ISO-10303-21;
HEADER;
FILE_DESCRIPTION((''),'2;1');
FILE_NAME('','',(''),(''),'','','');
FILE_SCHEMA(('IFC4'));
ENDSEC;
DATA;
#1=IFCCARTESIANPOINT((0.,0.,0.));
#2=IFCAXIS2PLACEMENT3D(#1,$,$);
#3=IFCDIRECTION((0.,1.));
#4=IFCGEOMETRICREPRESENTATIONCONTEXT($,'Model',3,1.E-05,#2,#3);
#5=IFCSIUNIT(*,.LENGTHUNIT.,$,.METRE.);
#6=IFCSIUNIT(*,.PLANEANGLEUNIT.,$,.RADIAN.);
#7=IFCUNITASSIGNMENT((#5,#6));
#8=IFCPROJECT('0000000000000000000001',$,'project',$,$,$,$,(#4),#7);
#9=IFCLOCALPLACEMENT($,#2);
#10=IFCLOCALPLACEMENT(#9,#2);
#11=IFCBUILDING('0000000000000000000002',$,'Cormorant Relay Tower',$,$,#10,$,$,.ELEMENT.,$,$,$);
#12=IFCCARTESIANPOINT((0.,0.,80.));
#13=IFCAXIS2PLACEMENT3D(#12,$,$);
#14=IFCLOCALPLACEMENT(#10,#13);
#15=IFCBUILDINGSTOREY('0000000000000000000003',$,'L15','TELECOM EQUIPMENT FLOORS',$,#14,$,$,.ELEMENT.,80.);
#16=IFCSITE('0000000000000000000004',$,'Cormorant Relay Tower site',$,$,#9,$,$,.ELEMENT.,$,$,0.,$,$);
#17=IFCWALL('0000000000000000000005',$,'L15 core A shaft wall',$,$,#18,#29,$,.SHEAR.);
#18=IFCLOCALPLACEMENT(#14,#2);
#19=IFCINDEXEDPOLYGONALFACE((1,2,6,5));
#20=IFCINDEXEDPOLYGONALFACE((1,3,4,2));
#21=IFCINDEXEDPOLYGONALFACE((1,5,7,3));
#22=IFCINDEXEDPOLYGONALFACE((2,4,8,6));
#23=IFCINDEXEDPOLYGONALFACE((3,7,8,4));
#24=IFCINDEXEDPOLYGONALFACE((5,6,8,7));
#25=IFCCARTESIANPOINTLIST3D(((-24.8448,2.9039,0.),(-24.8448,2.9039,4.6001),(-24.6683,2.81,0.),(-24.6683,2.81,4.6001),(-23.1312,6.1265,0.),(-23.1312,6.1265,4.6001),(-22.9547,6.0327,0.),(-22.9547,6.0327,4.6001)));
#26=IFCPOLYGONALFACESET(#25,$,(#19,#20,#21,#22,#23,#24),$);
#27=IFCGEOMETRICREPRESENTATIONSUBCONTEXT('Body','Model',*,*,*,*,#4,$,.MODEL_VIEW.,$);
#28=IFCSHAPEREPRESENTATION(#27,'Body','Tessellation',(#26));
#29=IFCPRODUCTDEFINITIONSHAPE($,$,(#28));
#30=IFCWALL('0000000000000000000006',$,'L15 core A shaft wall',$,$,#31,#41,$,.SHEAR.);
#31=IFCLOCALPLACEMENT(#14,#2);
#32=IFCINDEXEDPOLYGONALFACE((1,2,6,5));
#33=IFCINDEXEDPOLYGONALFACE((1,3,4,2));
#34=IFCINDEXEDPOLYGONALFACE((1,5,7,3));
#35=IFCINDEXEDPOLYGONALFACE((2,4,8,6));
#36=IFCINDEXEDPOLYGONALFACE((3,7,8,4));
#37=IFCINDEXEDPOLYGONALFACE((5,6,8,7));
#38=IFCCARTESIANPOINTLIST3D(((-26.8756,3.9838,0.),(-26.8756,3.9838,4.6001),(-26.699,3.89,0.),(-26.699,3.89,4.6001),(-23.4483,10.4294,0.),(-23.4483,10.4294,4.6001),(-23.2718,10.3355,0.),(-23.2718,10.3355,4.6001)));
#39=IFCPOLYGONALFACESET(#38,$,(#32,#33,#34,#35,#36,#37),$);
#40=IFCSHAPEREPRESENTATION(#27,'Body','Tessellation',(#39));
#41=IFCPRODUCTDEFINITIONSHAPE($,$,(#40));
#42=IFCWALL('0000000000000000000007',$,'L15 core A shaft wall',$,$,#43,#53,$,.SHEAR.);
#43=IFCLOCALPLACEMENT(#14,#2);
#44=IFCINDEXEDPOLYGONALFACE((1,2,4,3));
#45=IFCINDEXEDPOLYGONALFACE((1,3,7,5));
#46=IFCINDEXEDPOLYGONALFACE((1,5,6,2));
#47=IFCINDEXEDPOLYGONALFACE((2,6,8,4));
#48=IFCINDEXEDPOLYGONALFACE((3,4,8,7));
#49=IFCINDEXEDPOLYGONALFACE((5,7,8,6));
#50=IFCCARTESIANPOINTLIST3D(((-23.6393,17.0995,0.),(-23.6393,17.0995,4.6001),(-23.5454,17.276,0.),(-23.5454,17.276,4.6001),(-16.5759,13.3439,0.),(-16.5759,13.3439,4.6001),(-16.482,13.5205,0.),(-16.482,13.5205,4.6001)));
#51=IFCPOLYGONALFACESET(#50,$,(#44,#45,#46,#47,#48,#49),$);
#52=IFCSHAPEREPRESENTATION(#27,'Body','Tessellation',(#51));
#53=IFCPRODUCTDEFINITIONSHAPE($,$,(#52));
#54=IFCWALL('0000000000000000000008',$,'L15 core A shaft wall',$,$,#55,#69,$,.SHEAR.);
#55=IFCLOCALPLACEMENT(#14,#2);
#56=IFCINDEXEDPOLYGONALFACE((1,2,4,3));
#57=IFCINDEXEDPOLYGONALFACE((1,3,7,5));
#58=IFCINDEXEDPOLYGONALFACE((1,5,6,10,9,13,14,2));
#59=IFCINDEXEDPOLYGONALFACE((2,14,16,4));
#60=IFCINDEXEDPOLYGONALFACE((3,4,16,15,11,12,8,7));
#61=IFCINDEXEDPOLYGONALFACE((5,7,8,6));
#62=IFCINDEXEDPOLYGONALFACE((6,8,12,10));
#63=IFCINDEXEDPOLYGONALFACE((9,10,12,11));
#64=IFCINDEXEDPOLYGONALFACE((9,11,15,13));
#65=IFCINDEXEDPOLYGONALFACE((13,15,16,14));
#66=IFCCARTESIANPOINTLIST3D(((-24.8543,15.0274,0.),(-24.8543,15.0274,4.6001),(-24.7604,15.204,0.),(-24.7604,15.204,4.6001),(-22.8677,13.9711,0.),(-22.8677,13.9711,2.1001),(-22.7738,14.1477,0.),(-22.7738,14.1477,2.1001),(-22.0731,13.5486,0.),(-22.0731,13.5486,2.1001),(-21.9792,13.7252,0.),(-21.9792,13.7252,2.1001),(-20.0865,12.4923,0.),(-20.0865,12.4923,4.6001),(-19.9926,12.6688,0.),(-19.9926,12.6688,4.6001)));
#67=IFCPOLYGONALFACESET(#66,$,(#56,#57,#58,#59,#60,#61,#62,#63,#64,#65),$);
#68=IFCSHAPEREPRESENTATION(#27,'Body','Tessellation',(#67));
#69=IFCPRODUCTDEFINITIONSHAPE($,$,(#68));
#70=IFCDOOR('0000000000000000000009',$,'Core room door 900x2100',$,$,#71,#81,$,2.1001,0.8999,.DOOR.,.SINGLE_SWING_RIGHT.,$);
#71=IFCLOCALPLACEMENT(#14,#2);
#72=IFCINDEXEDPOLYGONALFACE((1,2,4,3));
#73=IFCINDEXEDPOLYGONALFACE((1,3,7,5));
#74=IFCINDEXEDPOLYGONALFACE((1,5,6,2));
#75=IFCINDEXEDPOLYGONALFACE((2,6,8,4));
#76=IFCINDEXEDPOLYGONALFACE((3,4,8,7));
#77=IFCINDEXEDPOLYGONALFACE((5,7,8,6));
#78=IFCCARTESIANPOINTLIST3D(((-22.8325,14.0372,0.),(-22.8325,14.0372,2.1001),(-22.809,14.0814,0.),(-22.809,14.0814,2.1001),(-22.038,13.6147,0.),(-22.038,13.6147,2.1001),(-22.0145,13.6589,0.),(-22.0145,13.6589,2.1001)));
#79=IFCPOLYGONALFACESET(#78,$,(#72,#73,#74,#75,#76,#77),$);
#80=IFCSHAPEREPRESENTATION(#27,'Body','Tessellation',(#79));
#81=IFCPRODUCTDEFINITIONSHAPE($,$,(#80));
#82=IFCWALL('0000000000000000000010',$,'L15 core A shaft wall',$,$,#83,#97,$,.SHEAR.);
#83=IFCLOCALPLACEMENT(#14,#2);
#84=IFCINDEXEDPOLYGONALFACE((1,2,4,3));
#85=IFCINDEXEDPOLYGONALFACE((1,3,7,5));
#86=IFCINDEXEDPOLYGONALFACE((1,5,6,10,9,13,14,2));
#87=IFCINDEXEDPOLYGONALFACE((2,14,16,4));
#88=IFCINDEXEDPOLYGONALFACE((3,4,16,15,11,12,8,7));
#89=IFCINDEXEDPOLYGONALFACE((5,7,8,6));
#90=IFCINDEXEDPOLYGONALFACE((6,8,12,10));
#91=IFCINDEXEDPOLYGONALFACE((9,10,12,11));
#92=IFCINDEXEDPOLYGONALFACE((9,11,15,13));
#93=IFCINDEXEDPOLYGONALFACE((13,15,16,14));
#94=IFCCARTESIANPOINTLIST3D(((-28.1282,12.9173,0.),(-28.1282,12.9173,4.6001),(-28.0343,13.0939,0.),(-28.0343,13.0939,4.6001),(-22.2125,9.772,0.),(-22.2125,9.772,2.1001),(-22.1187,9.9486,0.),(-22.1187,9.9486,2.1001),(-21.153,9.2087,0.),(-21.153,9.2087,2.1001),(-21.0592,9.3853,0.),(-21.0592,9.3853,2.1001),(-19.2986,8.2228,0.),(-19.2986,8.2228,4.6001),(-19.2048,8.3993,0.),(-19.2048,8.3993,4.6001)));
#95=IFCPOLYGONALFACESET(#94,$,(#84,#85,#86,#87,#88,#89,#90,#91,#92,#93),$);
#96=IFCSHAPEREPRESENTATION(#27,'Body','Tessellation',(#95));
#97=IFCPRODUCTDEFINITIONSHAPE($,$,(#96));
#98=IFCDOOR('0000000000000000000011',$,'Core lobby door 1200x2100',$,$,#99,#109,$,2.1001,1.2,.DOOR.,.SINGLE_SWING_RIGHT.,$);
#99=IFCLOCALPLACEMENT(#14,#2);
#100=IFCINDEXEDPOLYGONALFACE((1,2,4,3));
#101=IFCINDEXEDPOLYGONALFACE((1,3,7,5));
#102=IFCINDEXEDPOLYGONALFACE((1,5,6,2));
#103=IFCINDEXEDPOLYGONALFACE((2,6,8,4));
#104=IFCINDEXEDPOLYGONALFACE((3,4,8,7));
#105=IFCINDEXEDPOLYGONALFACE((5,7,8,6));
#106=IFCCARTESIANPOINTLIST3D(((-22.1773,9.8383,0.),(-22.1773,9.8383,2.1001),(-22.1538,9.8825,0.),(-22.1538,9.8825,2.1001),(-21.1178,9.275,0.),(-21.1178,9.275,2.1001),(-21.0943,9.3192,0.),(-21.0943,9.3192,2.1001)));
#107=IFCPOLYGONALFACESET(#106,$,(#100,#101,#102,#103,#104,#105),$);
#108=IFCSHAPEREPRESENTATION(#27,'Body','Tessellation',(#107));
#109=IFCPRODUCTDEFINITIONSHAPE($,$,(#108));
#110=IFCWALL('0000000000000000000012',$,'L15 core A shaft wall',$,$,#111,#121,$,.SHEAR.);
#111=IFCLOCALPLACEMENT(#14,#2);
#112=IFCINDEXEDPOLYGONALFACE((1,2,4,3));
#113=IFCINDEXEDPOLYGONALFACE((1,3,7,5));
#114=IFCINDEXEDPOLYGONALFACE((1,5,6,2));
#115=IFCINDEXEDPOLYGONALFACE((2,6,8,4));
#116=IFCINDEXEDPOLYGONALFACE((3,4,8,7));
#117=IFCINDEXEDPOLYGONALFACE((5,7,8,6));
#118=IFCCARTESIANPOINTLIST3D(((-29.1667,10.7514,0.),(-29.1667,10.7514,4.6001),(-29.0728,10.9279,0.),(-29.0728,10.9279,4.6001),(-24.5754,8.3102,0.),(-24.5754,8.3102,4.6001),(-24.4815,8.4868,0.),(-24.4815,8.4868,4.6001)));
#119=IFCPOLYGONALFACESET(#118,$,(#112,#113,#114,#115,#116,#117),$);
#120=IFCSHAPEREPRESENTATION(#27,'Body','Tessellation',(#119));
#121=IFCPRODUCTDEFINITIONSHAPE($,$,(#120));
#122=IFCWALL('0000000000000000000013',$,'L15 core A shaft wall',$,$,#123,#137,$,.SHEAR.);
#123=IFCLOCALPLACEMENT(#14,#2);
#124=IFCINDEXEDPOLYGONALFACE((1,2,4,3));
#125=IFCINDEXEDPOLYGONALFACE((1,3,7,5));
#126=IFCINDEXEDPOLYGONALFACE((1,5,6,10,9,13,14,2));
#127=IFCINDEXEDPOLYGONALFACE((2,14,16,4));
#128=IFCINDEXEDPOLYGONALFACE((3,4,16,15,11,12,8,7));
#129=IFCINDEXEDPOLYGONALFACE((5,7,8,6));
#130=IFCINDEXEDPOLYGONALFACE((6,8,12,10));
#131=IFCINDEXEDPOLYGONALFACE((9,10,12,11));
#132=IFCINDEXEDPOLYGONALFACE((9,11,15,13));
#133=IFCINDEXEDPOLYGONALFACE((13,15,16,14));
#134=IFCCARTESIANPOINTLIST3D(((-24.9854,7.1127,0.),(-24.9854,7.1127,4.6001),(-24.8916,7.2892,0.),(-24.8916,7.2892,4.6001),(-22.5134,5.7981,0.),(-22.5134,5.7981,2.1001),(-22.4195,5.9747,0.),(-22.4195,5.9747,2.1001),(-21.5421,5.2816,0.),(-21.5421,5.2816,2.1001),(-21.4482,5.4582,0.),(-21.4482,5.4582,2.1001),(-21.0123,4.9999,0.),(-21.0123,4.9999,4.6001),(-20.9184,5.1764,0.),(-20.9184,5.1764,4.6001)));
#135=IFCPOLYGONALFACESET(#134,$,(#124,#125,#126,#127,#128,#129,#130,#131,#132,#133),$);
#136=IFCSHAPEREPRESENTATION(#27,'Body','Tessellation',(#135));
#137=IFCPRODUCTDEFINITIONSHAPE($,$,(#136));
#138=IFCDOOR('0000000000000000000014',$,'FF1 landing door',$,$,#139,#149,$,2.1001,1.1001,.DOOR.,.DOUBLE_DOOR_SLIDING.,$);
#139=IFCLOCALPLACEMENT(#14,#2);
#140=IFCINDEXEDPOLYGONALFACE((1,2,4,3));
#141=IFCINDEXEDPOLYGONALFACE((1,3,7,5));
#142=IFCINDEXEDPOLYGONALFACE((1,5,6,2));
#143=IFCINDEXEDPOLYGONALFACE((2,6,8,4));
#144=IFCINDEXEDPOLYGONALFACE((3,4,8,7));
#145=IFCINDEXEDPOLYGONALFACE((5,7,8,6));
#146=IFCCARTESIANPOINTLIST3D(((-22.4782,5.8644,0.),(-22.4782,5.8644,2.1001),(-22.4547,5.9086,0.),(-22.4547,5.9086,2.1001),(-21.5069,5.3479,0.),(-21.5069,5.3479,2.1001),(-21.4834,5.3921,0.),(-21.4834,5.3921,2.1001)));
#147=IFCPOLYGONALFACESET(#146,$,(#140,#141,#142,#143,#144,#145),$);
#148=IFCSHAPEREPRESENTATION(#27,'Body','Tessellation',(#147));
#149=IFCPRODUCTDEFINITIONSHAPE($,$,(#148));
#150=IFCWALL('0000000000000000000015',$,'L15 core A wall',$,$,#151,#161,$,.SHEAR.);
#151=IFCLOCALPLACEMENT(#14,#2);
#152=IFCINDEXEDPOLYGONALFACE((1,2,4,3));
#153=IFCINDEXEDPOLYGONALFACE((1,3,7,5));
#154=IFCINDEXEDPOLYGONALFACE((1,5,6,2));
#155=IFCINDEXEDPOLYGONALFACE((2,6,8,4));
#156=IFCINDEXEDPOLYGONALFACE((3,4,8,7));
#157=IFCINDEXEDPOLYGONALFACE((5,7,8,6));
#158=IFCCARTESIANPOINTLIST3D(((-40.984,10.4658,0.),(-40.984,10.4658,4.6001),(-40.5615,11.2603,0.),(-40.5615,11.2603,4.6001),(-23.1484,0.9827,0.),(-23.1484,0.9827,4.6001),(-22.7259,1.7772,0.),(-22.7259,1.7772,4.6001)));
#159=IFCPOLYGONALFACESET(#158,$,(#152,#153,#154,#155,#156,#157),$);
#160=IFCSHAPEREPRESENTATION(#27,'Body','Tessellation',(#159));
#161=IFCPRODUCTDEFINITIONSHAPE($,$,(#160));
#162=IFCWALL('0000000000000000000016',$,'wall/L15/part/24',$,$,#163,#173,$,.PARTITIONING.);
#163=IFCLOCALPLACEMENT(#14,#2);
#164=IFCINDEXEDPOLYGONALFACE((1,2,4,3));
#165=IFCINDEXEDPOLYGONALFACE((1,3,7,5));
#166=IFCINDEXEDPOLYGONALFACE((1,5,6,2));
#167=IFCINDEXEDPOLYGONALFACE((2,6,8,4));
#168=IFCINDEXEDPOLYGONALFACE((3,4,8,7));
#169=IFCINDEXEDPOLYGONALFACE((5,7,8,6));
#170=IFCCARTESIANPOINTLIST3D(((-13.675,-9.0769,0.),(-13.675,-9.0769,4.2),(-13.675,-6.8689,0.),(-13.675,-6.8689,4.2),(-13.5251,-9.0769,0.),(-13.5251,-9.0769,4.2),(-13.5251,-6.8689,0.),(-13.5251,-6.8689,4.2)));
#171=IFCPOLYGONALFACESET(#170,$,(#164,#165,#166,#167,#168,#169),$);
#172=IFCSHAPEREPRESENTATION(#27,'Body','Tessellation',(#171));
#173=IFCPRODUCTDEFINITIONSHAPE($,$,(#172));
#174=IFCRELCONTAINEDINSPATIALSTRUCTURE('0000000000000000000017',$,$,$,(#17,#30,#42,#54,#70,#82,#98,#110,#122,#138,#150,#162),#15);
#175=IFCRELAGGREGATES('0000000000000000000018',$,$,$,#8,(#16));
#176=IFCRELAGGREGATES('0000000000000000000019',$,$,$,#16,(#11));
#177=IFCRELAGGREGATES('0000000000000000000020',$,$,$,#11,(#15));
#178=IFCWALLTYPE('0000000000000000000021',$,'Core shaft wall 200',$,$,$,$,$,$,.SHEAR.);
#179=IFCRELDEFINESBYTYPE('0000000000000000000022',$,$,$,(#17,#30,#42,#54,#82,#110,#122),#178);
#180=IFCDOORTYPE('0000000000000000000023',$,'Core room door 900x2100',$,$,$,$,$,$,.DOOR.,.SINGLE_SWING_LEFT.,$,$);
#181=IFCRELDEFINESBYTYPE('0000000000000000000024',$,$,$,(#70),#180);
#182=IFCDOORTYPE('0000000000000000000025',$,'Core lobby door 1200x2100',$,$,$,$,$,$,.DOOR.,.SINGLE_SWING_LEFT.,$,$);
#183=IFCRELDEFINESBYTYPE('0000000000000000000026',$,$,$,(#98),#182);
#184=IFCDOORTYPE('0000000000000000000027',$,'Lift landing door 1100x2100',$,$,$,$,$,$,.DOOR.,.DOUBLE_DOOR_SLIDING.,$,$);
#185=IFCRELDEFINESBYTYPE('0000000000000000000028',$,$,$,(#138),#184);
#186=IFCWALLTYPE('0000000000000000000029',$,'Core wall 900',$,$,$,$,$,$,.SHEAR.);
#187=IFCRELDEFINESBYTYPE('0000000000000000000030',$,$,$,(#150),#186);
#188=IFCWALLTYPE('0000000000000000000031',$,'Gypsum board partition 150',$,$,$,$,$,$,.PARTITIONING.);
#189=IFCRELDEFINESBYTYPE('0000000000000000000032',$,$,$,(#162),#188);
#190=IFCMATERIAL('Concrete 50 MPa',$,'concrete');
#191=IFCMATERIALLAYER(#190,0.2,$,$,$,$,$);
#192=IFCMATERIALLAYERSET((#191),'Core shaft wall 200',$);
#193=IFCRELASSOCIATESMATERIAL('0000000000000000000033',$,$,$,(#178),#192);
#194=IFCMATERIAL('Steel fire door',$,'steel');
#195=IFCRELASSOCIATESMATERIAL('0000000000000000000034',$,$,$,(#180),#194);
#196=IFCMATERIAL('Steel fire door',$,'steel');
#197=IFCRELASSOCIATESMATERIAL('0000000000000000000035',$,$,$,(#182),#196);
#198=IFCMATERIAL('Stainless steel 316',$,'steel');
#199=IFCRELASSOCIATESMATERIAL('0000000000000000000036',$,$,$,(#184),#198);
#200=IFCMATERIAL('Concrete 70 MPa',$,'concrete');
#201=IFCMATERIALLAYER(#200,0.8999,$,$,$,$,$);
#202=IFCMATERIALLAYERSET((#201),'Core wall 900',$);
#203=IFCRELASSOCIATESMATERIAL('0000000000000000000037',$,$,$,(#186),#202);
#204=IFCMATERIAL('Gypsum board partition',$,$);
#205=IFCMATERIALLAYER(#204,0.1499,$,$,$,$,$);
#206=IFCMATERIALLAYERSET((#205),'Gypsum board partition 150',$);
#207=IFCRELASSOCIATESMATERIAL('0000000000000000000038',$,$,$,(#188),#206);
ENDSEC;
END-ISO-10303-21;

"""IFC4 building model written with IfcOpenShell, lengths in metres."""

from ifc_helpers import new_model, si_unit, direction, frame, frame_2d, origin, place, context, subcontext, project, spatial, rectangle, extrude, material, layer, layer_set, type_object, element, fill, save


model = new_model("IFC4")

# Units and contexts
model_context = context("Model", 3, precision=1e-05, world=origin(), true_north=direction((0.0, 1.0)))
body_context = subcontext(model_context, "Body", "Model", "MODEL_VIEW")
ifc_project = project(units=[si_unit("LENGTHUNIT", "METRE"), si_unit("PLANEANGLEUNIT", "RADIAN")], contexts=[model_context])

# Site, building, storey
site_placement = place(None, origin())
site = spatial("IfcSite", under=ifc_project, at=site_placement, Name="Cormorant Relay Tower site", CompositionType="ELEMENT", RefElevation=0.0)
building_placement = place(site_placement, origin())
building = spatial("IfcBuilding", under=site, at=building_placement, Name="Cormorant Relay Tower", CompositionType="ELEMENT")
storey_placement = place(building_placement, frame((0.0, 0.0, 80.0)))
storey = spatial("IfcBuildingStorey", under=building, at=storey_placement, Name="L15", Description="TELECOM EQUIPMENT FLOORS", CompositionType="ELEMENT", Elevation=80.0)

# Walls
ifc_material_1 = material(Name="Concrete 50 MPa", Category="concrete")
ifc_layer_1 = layer(ifc_material_1, 0.2)
ifc_layer_set_1 = layer_set([ifc_layer_1], Name="Core shaft wall 200")
wall_type_1 = type_object("IfcWallType", Name="Core shaft wall 200", PredefinedType="SHEAR", material=ifc_layer_set_1)
wall_1_placement = place(storey_placement, frame((-23.043, 6.0796, 0.0), z_axis=(0.0, 0.0, 1.0), x_axis=(-0.469494, -0.882936, 0.0)))
element("IfcWall", 1, at=wall_1_placement, inside=storey, type_object=wall_type_1, Name="L15 core A shaft wall", PredefinedType="SHEAR", context=body_context, shape_type="SweptSolid", body=[
    extrude(rectangle(XDim=3.6499, YDim=0.2, at=frame_2d((1.825, 0.0))), origin(), (0.0, 0.0, 1.0), 4.6001),
])
wall_2_placement = place(storey_placement, frame((-23.3601, 10.3823, 0.0), z_axis=(0.0, 0.0, 1.0), x_axis=(-0.46948, -0.882943, 0.0)))
element("IfcWall", 2, at=wall_2_placement, inside=storey, type_object=wall_type_1, Name="L15 core A shaft wall", PredefinedType="SHEAR", context=body_context, shape_type="SweptSolid", body=[
    extrude(rectangle(XDim=7.3, YDim=0.2, at=frame_2d((3.6499, 0.0))), origin(), (0.0, 0.0, 1.0), 4.6001),
])
wall_3_placement = place(storey_placement, frame((-16.5288, 13.4321, 0.0), z_axis=(0.0, 0.0, 1.0), x_axis=(-0.882953, 0.469462, 0.0)))
element("IfcWall", 3, at=wall_3_placement, inside=storey, type_object=wall_type_1, Name="L15 core A shaft wall", PredefinedType="SHEAR", context=body_context, shape_type="SweptSolid", body=[
    extrude(rectangle(XDim=7.9998, YDim=0.2, at=frame_2d((4.0, 0.0))), origin(), (0.0, 0.0, 1.0), 4.6001),
])

# Walls, openings, doors
wall_4_placement = place(storey_placement, frame((-20.0396, 12.5806, 0.0), z_axis=(0.0, 0.0, 1.0), x_axis=(-0.882943, 0.46948, 0.0)))
wall_4 = element("IfcWall", 4, at=wall_4_placement, inside=storey, type_object=wall_type_1, Name="L15 core A shaft wall", PredefinedType="SHEAR", context=body_context, shape_type="SweptSolid", body=[
    extrude(rectangle(XDim=5.3999, YDim=0.2, at=frame_2d((2.7, 0.0))), origin(), (0.0, 0.0, 1.0), 4.6001),
])
opening_1_placement = place(wall_4_placement, frame((2.25, 0.0, 0.0)))
opening_1 = element("IfcOpeningElement", 5, at=opening_1_placement, cuts=wall_4, PredefinedType="OPENING", context=body_context, shape_type="SweptSolid", body=[
    extrude(rectangle(XDim=0.8999, YDim=2.1001, at=frame_2d((0.45, 1.05))), frame((0.0, 0.1099, 0.0), z_axis=(0.0, -1.0, 0.0), x_axis=(1.0, 0.0, 0.0)), (0.0, 0.0, 1.0), 0.22),
])
ifc_material_2 = material(Name="Steel fire door", Category="steel")
door_type_1 = type_object("IfcDoorType", Name="Core room door 900x2100", OperationType="SINGLE_SWING_LEFT", PredefinedType="DOOR", material=ifc_material_2)
door_1_placement = place(opening_1_placement, frame((0.8999, 0.0, 0.0), z_axis=(0.0, 0.0, 1.0), x_axis=(-1.0, 0.0, 0.0)))
door_1 = element("IfcDoor", 6, at=door_1_placement, inside=storey, type_object=door_type_1, Name="Core room door 900x2100", OperationType="SINGLE_SWING_RIGHT", OverallHeight=2.1001, OverallWidth=0.8999, PredefinedType="DOOR", context=body_context, shape_type="SweptSolid", body=[
    extrude(rectangle(XDim=0.8999, YDim=2.1001, at=frame_2d((0.45, 1.05))), frame((0.0, 0.0249, 0.0), z_axis=(0.0, -1.0, 0.0), x_axis=(1.0, 0.0, 0.0)), (0.0, 0.0, 1.0), 0.05),
])
fill(opening_1, door_1)
wall_5_placement = place(storey_placement, frame((-19.2517, 8.311, 0.0), z_axis=(0.0, 0.0, 1.0), x_axis=(-0.882956, 0.469456, 0.0)))
wall_5 = element("IfcWall", 7, at=wall_5_placement, inside=storey, type_object=wall_type_1, Name="L15 core A shaft wall", PredefinedType="SHEAR", context=body_context, shape_type="SweptSolid", body=[
    extrude(rectangle(XDim=10.0, YDim=0.2, at=frame_2d((5.0, 0.0))), origin(), (0.0, 0.0, 1.0), 4.6001),
])
opening_2_placement = place(wall_5_placement, frame((2.1001, 0.0, 0.0)))
opening_2 = element("IfcOpeningElement", 8, at=opening_2_placement, cuts=wall_5, PredefinedType="OPENING", context=body_context, shape_type="SweptSolid", body=[
    extrude(rectangle(XDim=1.2, YDim=2.1001, at=frame_2d((0.6001, 1.05))), frame((0.0, 0.1099, 0.0), z_axis=(0.0, -1.0, 0.0), x_axis=(1.0, 0.0, 0.0)), (0.0, 0.0, 1.0), 0.22),
])
ifc_material_3 = material(Name="Steel fire door", Category="steel")
door_type_2 = type_object("IfcDoorType", Name="Core lobby door 1200x2100", OperationType="SINGLE_SWING_LEFT", PredefinedType="DOOR", material=ifc_material_3)
door_2_placement = place(opening_2_placement, origin())
door_2 = element("IfcDoor", 9, at=door_2_placement, inside=storey, type_object=door_type_2, Name="Core lobby door 1200x2100", OperationType="SINGLE_SWING_RIGHT", OverallHeight=2.1001, OverallWidth=1.2, PredefinedType="DOOR", context=body_context, shape_type="SweptSolid", body=[
    extrude(rectangle(XDim=1.2, YDim=2.1001, at=frame_2d((0.6001, 1.05))), frame((0.0, 0.0249, 0.0), z_axis=(0.0, -1.0, 0.0), x_axis=(1.0, 0.0, 0.0)), (0.0, 0.0, 1.0), 0.05),
])
fill(opening_2, door_2)

# Wall
wall_6_placement = place(storey_placement, frame((-24.5283, 8.3984, 0.0), z_axis=(0.0, 0.0, 1.0), x_axis=(-0.882954, 0.46946, 0.0)))
element("IfcWall", 10, at=wall_6_placement, inside=storey, type_object=wall_type_1, Name="L15 core A shaft wall", PredefinedType="SHEAR", context=body_context, shape_type="SweptSolid", body=[
    extrude(rectangle(XDim=5.2, YDim=0.2, at=frame_2d((2.6001, 0.0))), origin(), (0.0, 0.0, 1.0), 4.6001),
])

# Wall, opening, door
wall_7_placement = place(storey_placement, frame((-20.9653, 5.0881, 0.0), z_axis=(0.0, 0.0, 1.0), x_axis=(-0.882926, 0.469512, 0.0)))
wall_7 = element("IfcWall", 11, at=wall_7_placement, inside=storey, type_object=wall_type_1, Name="L15 core A shaft wall", PredefinedType="SHEAR", context=body_context, shape_type="SweptSolid", body=[
    extrude(rectangle(XDim=4.5, YDim=0.2, at=frame_2d((2.25, 0.0))), origin(), (0.0, 0.0, 1.0), 4.6001),
])
opening_3_placement = place(wall_7_placement, frame((0.6001, 0.0, 0.0)))
opening_3 = element("IfcOpeningElement", 12, at=opening_3_placement, cuts=wall_7, PredefinedType="OPENING", context=body_context, shape_type="SweptSolid", body=[
    extrude(rectangle(XDim=1.1001, YDim=2.1001, at=frame_2d((0.55, 1.05))), frame((0.0, 0.1099, 0.0), z_axis=(0.0, -1.0, 0.0), x_axis=(1.0, 0.0, 0.0)), (0.0, 0.0, 1.0), 0.22),
])
ifc_material_4 = material(Name="Stainless steel 316", Category="steel")
door_type_3 = type_object("IfcDoorType", Name="Lift landing door 1100x2100", OperationType="DOUBLE_DOOR_SLIDING", PredefinedType="DOOR", material=ifc_material_4)
door_3_placement = place(opening_3_placement, origin())
door_3 = element("IfcDoor", 13, at=door_3_placement, inside=storey, type_object=door_type_3, Name="FF1 landing door", OperationType="DOUBLE_DOOR_SLIDING", OverallHeight=2.1001, OverallWidth=1.1001, PredefinedType="DOOR", context=body_context, shape_type="SweptSolid", body=[
    extrude(rectangle(XDim=1.1001, YDim=2.1001, at=frame_2d((0.55, 1.05))), frame((0.0, 0.0249, 0.0), z_axis=(0.0, -1.0, 0.0), x_axis=(1.0, 0.0, 0.0)), (0.0, 0.0, 1.0), 0.05),
])
fill(opening_3, door_3)

# Walls
ifc_material_5 = material(Name="Concrete 70 MPa", Category="concrete")
ifc_layer_2 = layer(ifc_material_5, 0.8999)
ifc_layer_set_2 = layer_set([ifc_layer_2], Name="Core wall 900")
wall_type_2 = type_object("IfcWallType", Name="Core wall 900", PredefinedType="SHEAR", material=ifc_layer_set_2)
wall_8_placement = place(storey_placement, frame((-22.937, 1.3799, 0.0), z_axis=(0.0, 0.0, 1.0), x_axis=(-0.882953, 0.469462, 0.0)))
element("IfcWall", 14, at=wall_8_placement, inside=storey, type_object=wall_type_2, Name="L15 core A wall", PredefinedType="SHEAR", context=body_context, shape_type="SweptSolid", body=[
    extrude(rectangle(XDim=20.2, YDim=0.8999, at=frame_2d((10.1001, 0.0))), origin(), (0.0, 0.0, 1.0), 4.6001),
])
ifc_material_6 = material(Name="Gypsum board partition")
ifc_layer_3 = layer(ifc_material_6, 0.1499)
ifc_layer_set_3 = layer_set([ifc_layer_3], Name="Gypsum board partition 150")
wall_type_3 = type_object("IfcWallType", Name="Gypsum board partition 150", PredefinedType="PARTITIONING", material=ifc_layer_set_3)
wall_9_placement = place(storey_placement, frame((-13.6001, -9.0769, 0.0), z_axis=(0.0, 0.0, 1.0), x_axis=(0.0, 1.0, 0.0)))
element("IfcWall", 15, at=wall_9_placement, inside=storey, type_object=wall_type_3, Name="wall/L15/part/24", PredefinedType="PARTITIONING", context=body_context, shape_type="SweptSolid", body=[
    extrude(rectangle(XDim=2.208, YDim=0.1499, at=frame_2d((1.104, 0.0))), origin(), (0.0, 0.0, 1.0), 4.2),
])

save(model, "model.ifc")
